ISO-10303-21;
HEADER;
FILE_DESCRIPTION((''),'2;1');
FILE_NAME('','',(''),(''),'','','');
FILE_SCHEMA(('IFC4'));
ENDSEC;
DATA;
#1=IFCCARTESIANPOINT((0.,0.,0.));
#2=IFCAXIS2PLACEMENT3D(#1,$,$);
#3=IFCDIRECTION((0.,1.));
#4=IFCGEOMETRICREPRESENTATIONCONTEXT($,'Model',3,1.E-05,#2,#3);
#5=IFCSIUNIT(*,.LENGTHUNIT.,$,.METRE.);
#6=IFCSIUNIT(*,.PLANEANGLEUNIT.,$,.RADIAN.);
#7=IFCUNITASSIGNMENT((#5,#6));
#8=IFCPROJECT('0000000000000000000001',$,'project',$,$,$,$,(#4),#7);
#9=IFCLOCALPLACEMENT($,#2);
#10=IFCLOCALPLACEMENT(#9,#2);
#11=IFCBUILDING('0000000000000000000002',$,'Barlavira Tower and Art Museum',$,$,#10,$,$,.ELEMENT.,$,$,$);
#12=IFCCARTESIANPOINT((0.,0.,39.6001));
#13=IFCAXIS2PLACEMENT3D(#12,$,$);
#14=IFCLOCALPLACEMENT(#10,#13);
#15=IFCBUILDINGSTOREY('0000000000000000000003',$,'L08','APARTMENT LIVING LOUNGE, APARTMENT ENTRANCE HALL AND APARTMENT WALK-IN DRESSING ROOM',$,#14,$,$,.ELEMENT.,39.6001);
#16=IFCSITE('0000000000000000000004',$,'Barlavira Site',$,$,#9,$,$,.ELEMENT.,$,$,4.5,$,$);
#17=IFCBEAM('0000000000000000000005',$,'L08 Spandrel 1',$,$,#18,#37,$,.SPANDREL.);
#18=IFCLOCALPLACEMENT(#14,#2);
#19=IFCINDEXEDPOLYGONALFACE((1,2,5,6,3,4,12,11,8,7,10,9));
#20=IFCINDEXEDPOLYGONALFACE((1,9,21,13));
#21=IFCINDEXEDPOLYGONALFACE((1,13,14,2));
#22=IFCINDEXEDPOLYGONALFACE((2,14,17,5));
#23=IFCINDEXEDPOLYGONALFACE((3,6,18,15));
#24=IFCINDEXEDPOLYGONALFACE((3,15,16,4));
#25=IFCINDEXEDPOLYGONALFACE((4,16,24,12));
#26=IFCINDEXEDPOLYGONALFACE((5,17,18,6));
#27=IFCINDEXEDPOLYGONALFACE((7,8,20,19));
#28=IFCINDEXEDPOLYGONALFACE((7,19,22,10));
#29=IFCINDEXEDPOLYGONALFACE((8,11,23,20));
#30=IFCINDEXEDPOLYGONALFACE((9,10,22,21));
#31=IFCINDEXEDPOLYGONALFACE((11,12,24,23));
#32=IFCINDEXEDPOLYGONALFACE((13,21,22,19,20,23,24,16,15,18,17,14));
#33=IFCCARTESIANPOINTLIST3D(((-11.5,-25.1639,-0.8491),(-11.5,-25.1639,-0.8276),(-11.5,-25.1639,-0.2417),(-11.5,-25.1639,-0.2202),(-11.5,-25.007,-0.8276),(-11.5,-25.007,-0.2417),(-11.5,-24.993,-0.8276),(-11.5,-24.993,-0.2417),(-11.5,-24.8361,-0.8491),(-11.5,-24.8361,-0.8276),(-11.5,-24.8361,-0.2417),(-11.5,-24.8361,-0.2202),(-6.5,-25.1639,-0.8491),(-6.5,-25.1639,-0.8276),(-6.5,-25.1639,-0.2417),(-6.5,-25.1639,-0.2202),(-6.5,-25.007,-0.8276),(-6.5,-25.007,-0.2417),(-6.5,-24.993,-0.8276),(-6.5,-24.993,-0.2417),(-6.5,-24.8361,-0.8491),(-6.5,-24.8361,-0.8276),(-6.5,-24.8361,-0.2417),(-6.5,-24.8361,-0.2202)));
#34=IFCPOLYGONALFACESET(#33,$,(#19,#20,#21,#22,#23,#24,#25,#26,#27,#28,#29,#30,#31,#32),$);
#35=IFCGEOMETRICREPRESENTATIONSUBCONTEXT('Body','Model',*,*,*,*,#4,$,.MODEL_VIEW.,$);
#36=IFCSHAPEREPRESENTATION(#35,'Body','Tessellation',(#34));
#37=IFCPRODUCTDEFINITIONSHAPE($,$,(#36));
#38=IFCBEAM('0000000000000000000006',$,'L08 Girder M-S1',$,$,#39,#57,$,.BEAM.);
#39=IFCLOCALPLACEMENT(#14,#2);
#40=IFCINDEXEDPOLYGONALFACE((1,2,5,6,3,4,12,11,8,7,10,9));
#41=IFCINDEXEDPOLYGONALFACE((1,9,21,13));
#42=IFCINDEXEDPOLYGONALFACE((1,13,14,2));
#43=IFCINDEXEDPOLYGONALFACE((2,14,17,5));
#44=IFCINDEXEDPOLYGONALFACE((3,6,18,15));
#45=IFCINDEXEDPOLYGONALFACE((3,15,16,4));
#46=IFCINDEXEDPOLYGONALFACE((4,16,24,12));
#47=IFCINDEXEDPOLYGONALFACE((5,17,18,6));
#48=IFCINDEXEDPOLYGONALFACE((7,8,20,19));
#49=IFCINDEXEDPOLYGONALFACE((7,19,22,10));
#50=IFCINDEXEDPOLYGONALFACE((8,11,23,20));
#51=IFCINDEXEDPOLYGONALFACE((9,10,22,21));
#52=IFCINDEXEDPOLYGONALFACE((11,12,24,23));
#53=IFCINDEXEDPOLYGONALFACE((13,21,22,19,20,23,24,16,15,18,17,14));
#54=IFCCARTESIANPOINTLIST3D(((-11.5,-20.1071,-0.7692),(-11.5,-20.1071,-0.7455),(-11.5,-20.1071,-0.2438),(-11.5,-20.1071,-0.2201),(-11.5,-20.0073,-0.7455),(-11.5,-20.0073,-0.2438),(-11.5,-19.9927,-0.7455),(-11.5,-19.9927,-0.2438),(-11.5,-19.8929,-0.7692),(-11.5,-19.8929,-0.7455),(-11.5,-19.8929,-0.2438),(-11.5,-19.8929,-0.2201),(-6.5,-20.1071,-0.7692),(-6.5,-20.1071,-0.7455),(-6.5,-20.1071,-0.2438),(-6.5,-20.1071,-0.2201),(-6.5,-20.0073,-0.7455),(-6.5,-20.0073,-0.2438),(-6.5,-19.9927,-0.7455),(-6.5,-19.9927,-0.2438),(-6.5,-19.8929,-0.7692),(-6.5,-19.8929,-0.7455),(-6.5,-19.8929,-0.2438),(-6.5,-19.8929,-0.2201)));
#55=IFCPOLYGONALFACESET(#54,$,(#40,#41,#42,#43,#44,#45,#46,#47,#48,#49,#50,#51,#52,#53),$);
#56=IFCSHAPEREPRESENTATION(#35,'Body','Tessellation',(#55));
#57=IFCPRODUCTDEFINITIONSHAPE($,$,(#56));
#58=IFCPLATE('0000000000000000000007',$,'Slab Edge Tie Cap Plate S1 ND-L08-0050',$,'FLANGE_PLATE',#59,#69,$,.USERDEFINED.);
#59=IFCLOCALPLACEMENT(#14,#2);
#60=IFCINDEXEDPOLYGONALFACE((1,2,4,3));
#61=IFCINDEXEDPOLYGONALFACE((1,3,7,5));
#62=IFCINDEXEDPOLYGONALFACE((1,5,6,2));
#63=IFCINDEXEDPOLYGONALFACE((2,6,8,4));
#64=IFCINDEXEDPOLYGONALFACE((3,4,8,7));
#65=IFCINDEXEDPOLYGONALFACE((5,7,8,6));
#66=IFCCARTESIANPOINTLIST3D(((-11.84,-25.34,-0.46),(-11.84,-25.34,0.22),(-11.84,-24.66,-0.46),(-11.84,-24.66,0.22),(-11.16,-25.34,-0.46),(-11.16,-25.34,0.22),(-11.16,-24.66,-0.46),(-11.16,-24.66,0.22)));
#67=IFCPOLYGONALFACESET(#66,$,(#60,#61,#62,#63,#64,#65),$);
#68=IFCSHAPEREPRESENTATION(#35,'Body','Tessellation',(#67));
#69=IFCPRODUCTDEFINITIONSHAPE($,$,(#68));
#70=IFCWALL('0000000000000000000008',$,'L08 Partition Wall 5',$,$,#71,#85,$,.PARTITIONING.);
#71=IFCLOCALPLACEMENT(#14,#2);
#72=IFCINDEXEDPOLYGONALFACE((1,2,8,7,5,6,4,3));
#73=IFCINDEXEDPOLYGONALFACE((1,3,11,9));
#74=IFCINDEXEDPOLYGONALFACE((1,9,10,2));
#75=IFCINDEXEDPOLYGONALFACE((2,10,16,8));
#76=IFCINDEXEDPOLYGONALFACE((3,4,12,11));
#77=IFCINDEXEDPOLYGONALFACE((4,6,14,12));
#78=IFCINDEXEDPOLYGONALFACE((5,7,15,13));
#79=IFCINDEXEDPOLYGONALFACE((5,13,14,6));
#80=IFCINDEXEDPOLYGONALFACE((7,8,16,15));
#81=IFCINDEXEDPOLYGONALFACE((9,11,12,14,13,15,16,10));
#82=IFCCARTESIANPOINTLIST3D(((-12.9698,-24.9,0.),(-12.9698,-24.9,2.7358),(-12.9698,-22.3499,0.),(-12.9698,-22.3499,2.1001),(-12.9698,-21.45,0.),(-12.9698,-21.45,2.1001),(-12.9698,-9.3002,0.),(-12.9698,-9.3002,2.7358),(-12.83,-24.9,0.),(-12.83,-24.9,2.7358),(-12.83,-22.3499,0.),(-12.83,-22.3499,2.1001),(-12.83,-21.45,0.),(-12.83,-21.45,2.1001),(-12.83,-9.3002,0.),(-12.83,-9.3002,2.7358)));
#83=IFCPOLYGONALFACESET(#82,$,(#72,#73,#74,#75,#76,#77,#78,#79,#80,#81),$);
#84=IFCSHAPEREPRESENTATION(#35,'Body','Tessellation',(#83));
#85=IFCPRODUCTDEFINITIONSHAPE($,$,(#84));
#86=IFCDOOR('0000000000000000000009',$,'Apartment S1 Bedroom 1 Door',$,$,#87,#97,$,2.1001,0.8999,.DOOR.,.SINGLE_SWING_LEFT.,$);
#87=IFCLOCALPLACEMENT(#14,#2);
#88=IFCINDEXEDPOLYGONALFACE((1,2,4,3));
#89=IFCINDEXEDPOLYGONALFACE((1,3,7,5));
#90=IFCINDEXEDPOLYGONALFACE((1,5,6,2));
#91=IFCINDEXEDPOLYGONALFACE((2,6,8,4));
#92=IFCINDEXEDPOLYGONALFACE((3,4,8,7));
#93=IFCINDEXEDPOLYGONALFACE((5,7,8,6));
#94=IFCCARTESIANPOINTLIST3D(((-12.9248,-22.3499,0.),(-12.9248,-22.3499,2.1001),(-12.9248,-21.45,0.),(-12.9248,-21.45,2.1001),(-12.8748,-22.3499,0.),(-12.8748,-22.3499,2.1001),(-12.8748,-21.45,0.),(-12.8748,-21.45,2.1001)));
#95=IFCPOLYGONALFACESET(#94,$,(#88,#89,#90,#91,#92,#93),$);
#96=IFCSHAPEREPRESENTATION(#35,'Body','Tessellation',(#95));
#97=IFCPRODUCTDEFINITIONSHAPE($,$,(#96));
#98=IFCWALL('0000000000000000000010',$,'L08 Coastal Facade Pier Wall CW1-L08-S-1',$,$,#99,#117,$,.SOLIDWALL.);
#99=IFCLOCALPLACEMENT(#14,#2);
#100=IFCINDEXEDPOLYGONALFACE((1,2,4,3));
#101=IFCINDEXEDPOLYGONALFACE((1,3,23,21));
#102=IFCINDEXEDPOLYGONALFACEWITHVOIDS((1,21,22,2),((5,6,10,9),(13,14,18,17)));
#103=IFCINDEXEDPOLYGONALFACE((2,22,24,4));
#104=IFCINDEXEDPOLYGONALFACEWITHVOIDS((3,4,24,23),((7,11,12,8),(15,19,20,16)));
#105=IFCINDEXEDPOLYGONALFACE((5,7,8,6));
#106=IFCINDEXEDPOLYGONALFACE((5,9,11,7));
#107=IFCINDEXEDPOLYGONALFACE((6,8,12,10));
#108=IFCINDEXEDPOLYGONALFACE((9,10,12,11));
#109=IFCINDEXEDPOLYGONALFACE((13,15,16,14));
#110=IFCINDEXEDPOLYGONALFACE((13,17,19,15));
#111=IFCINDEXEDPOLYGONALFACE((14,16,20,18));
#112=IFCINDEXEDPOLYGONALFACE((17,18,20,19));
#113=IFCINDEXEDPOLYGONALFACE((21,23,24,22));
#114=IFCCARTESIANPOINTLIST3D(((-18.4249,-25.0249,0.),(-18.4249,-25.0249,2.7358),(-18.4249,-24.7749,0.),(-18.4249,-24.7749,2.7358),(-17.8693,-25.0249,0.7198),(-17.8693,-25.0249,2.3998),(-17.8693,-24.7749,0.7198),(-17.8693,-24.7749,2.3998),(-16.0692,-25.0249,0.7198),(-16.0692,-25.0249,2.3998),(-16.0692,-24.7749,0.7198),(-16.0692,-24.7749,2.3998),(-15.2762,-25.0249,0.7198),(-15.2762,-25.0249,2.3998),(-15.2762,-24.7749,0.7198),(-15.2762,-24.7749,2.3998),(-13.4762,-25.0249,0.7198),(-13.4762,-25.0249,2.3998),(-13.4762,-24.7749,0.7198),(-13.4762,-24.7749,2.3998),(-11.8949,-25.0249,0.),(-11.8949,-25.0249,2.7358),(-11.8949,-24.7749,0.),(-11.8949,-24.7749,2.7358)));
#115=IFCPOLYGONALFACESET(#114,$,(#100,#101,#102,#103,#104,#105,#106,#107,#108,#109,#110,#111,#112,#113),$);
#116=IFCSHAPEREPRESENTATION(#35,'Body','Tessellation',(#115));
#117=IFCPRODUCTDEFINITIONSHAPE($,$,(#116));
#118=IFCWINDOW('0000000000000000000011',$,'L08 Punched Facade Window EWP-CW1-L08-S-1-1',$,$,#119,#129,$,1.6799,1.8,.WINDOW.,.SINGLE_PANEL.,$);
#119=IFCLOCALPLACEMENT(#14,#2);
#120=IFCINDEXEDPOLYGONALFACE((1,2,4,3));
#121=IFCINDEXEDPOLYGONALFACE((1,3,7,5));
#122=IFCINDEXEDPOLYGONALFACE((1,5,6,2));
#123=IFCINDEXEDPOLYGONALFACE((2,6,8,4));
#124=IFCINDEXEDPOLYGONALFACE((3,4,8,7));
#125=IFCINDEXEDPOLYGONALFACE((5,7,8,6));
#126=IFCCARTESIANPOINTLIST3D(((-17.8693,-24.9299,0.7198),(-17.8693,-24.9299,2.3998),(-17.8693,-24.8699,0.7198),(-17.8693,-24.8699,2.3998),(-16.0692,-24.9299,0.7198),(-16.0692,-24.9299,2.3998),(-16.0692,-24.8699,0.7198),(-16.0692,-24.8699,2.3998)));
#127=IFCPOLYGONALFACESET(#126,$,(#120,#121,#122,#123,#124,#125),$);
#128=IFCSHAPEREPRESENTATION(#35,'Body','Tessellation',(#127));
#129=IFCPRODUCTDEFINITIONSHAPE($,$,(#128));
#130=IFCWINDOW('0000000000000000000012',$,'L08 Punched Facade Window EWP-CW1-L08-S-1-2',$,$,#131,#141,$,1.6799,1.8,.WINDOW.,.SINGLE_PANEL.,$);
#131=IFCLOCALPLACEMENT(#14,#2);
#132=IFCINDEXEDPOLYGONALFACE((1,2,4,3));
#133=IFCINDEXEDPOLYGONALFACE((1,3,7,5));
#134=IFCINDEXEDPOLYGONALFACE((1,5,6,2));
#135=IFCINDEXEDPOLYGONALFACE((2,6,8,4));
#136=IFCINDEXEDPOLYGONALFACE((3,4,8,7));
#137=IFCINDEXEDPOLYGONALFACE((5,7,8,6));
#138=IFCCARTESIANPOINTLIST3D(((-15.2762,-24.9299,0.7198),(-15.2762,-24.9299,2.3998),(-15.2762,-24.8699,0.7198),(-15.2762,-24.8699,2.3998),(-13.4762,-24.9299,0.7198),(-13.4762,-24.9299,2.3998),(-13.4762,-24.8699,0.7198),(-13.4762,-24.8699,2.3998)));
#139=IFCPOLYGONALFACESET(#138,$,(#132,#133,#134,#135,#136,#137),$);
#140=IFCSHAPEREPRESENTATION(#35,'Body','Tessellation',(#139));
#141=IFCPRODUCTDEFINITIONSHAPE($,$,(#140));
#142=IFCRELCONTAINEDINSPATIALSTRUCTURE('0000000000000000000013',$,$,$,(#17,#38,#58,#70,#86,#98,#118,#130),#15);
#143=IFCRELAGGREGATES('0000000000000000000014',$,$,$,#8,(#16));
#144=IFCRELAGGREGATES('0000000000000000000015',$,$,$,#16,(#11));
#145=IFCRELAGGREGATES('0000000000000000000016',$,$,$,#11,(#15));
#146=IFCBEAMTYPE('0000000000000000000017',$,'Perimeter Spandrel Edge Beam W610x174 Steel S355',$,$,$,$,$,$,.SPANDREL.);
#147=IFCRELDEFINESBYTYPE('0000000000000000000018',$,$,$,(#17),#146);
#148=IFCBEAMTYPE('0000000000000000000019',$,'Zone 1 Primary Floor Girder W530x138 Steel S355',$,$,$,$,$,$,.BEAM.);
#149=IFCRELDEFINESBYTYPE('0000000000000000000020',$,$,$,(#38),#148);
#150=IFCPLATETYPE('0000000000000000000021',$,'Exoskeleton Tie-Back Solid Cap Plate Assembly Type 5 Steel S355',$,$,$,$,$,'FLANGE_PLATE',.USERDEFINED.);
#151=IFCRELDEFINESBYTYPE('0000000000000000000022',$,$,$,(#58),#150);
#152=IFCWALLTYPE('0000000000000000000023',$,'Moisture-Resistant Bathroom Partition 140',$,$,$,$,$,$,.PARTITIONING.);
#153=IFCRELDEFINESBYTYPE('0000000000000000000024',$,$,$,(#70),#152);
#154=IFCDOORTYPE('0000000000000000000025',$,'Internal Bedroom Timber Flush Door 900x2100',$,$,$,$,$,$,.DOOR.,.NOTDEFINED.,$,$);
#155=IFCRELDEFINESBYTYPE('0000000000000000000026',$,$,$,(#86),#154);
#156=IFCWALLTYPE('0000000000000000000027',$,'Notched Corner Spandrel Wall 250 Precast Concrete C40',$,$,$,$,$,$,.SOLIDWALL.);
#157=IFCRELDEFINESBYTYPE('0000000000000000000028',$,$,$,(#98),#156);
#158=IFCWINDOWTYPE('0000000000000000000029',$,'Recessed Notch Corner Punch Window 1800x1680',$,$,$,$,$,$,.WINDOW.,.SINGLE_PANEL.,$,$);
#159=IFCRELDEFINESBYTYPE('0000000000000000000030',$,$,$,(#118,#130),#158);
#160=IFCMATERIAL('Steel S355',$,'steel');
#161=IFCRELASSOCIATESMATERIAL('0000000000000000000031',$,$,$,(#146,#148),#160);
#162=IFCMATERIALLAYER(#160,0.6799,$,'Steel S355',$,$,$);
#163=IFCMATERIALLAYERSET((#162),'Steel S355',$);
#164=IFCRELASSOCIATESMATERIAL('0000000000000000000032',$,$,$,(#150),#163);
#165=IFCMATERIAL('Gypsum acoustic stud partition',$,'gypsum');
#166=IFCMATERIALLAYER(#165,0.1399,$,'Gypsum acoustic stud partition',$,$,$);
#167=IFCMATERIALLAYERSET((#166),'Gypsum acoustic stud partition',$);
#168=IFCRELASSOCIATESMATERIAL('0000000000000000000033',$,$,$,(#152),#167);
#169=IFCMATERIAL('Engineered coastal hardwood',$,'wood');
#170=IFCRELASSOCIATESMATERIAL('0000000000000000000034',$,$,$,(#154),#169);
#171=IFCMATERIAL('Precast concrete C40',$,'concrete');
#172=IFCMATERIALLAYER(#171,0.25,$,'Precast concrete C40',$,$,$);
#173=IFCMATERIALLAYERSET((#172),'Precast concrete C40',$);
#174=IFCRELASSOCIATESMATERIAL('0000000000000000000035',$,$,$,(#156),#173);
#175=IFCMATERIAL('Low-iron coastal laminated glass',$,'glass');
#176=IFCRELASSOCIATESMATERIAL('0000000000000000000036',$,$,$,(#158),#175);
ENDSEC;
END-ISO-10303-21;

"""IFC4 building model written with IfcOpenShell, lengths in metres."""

from ifc_helpers import new_model, si_unit, direction, frame, frame_2d, origin, origin_2d, place, context, subcontext, project, spatial, rectangle, i_section, extrude, material, layer, layer_set, material_profile, profile_set, type_object, element, fill, save


model = new_model("IFC4")

# Units and contexts
model_context = context("Model", 3, precision=1e-05, world=origin(), true_north=direction((0.0, 1.0)))
body_context = subcontext(model_context, "Body", "Model", "MODEL_VIEW")
ifc_project = project(units=[si_unit("LENGTHUNIT", "METRE"), si_unit("PLANEANGLEUNIT", "RADIAN")], contexts=[model_context])

# Site, building, storey
site_placement = place(None, origin())
site = spatial("IfcSite", under=ifc_project, at=site_placement, Name="Barlavira Site", CompositionType="ELEMENT", RefElevation=4.5)
building_placement = place(site_placement, origin())
building = spatial("IfcBuilding", under=site, at=building_placement, Name="Barlavira Tower and Art Museum", CompositionType="ELEMENT")
storey_placement = place(building_placement, frame((0.0, 0.0, 39.6001)))
storey = spatial("IfcBuildingStorey", under=building, at=storey_placement, Name="L08", Description="APARTMENT LIVING LOUNGE, APARTMENT ENTRANCE HALL AND APARTMENT WALK-IN DRESSING ROOM", CompositionType="ELEMENT", Elevation=39.6001)

# Shared definitions
ifc_material_1 = material(Name="Steel S355", Category="steel")

# Beams
ifc_material_profile_1 = material_profile(ifc_material_1, i_section(OverallWidth=0.3279, OverallDepth=0.6289, WebThickness=0.0139, FlangeThickness=0.0215, at=origin_2d()), Name="W610x174.0")
ifc_profile_set_1 = profile_set([ifc_material_profile_1], Name="Steel S355")
beam_type_1 = type_object("IfcBeamType", Name="Perimeter Spandrel Edge Beam W610x174 Steel S355", PredefinedType="SPANDREL", material=ifc_profile_set_1)
beam_1_placement = place(storey_placement, frame((-11.5, -25.0, -0.5347), z_axis=(1.0, 0.0, 0.0), x_axis=(0.0, 1.0, 0.0)))
element("IfcBeam", 1, at=beam_1_placement, inside=storey, type_object=beam_type_1, Name="L08 Spandrel 1", PredefinedType="SPANDREL", context=body_context, shape_type="SweptSolid", body=[
    extrude(i_section(OverallWidth=0.3279, OverallDepth=0.6289, WebThickness=0.0139, FlangeThickness=0.0215, at=origin_2d()), origin(), (0.0, 0.0, 1.0), 5.0),
])
ifc_material_profile_2 = material_profile(ifc_material_1, i_section(OverallWidth=0.2141, OverallDepth=0.5491, WebThickness=0.0146, FlangeThickness=0.0237, at=origin_2d()), Name="W530x138.0")
ifc_profile_set_2 = profile_set([ifc_material_profile_2], Name="Steel S355")
beam_type_2 = type_object("IfcBeamType", Name="Zone 1 Primary Floor Girder W530x138 Steel S355", PredefinedType="BEAM", material=ifc_profile_set_2)
beam_2_placement = place(storey_placement, frame((-11.5, -20.0, -0.4946), z_axis=(1.0, 0.0, 0.0), x_axis=(0.0, 1.0, 0.0)))
element("IfcBeam", 2, at=beam_2_placement, inside=storey, type_object=beam_type_2, Name="L08 Girder M-S1", PredefinedType="BEAM", context=body_context, shape_type="SweptSolid", body=[
    extrude(i_section(OverallWidth=0.2141, OverallDepth=0.5491, WebThickness=0.0146, FlangeThickness=0.0237, at=origin_2d()), origin(), (0.0, 0.0, 1.0), 5.0),
])

# Plate
ifc_layer_1 = layer(ifc_material_1, 0.6799, Name="Steel S355")
ifc_layer_set_1 = layer_set([ifc_layer_1], Name="Steel S355")
plate_type = type_object("IfcPlateType", Name="Exoskeleton Tie-Back Solid Cap Plate Assembly Type 5 Steel S355", ElementType="FLANGE_PLATE", PredefinedType="USERDEFINED", material=ifc_layer_set_1)
plate_placement = place(storey_placement, frame((-11.5, -25.0, -0.46), z_axis=(0.0, 0.0, 1.0), x_axis=(1.0, 0.0, 0.0)))
element("IfcPlate", 3, at=plate_placement, inside=storey, type_object=plate_type, Name="Slab Edge Tie Cap Plate S1 ND-L08-0050", ObjectType="FLANGE_PLATE", PredefinedType="USERDEFINED", context=body_context, shape_type="SweptSolid", body=[
    extrude(rectangle(XDim=0.6799, YDim=0.6799, at=origin_2d()), origin(), (0.0, 0.0, 1.0), 0.6799),
])

# Wall, opening, door
ifc_material_2 = material(Name="Gypsum acoustic stud partition", Category="gypsum")
ifc_layer_2 = layer(ifc_material_2, 0.1399, Name="Gypsum acoustic stud partition")
ifc_layer_set_2 = layer_set([ifc_layer_2], Name="Gypsum acoustic stud partition")
wall_type_1 = type_object("IfcWallType", Name="Moisture-Resistant Bathroom Partition 140", PredefinedType="PARTITIONING", material=ifc_layer_set_2)
wall_1_placement = place(storey_placement, frame((-12.8999, -24.8999, 0.0), z_axis=(0.0, 0.0, 1.0), x_axis=(0.0, 1.0, 0.0)))
wall_1 = element("IfcWall", 4, at=wall_1_placement, inside=storey, type_object=wall_type_1, Name="L08 Partition Wall 5", PredefinedType="PARTITIONING", context=body_context, shape_type="SweptSolid", body=[
    extrude(rectangle(XDim=15.5999, YDim=0.1399, at=frame_2d((7.7998, 0.0))), origin(), (0.0, 0.0, 1.0), 2.7358),
])
opening_1_placement = place(wall_1_placement, frame((2.55, 0.0, 0.0)))
opening_1 = element("IfcOpeningElement", 5, at=opening_1_placement, cuts=wall_1, PredefinedType="OPENING", context=body_context, shape_type="SweptSolid", body=[
    extrude(rectangle(XDim=0.8999, YDim=2.1001, at=frame_2d((0.45, 1.05))), frame((0.0, 0.0801, 0.0), z_axis=(0.0, -1.0, 0.0), x_axis=(1.0, 0.0, 0.0)), (0.0, 0.0, 1.0), 0.1599),
])
ifc_material_3 = material(Name="Engineered coastal hardwood", Category="wood")
door_type = type_object("IfcDoorType", Name="Internal Bedroom Timber Flush Door 900x2100", OperationType="NOTDEFINED", PredefinedType="DOOR", material=ifc_material_3)
door_placement = place(opening_1_placement, origin())
door = element("IfcDoor", 6, at=door_placement, inside=storey, type_object=door_type, Name="Apartment S1 Bedroom 1 Door", OperationType="SINGLE_SWING_LEFT", OverallHeight=2.1001, OverallWidth=0.8999, PredefinedType="DOOR", context=body_context, shape_type="SweptSolid", body=[
    extrude(rectangle(XDim=0.8999, YDim=2.1001, at=frame_2d((0.45, 1.05))), frame((0.0, 0.0249, 0.0), z_axis=(0.0, -1.0, 0.0), x_axis=(1.0, 0.0, 0.0)), (0.0, 0.0, 1.0), 0.05),
])
fill(opening_1, door)

# Wall, openings, windows
ifc_material_4 = material(Name="Precast concrete C40", Category="concrete")
ifc_layer_3 = layer(ifc_material_4, 0.25, Name="Precast concrete C40")
ifc_layer_set_3 = layer_set([ifc_layer_3], Name="Precast concrete C40")
wall_type_2 = type_object("IfcWallType", Name="Notched Corner Spandrel Wall 250 Precast Concrete C40", PredefinedType="SOLIDWALL", material=ifc_layer_set_3)
wall_2_placement = place(storey_placement, frame((-18.425, -24.8999, 0.0), z_axis=(0.0, 0.0, 1.0), x_axis=(1.0, 0.0, 0.0)))
wall_2 = element("IfcWall", 7, at=wall_2_placement, inside=storey, type_object=wall_type_2, Name="L08 Coastal Facade Pier Wall CW1-L08-S-1", PredefinedType="SOLIDWALL", context=body_context, shape_type="SweptSolid", body=[
    extrude(rectangle(XDim=6.53, YDim=0.25, at=frame_2d((3.2651, 0.0))), origin(), (0.0, 0.0, 1.0), 2.7358),
])
opening_2_placement = place(wall_2_placement, frame((0.5559, 0.0, 0.72)))
opening_2 = element("IfcOpeningElement", 8, at=opening_2_placement, cuts=wall_2, PredefinedType="OPENING", context=body_context, shape_type="SweptSolid", body=[
    extrude(rectangle(XDim=1.8, YDim=1.6799, at=frame_2d((0.8999, 0.8398))), frame((0.0, 0.135, 0.0), z_axis=(0.0, -1.0, 0.0), x_axis=(1.0, 0.0, 0.0)), (0.0, 0.0, 1.0), 0.27),
])
opening_3_placement = place(wall_2_placement, frame((3.1489, 0.0, 0.72)))
opening_3 = element("IfcOpeningElement", 9, at=opening_3_placement, cuts=wall_2, PredefinedType="OPENING", context=body_context, shape_type="SweptSolid", body=[
    extrude(rectangle(XDim=1.8, YDim=1.6799, at=frame_2d((0.8999, 0.8398))), frame((0.0, 0.135, 0.0), z_axis=(0.0, -1.0, 0.0), x_axis=(1.0, 0.0, 0.0)), (0.0, 0.0, 1.0), 0.27),
])
ifc_material_5 = material(Name="Low-iron coastal laminated glass", Category="glass")
window_type = type_object("IfcWindowType", Name="Recessed Notch Corner Punch Window 1800x1680", PartitioningType="SINGLE_PANEL", PredefinedType="WINDOW", material=ifc_material_5)
window_1_placement = place(opening_2_placement, origin())
window_1 = element("IfcWindow", 10, at=window_1_placement, inside=storey, type_object=window_type, Name="L08 Punched Facade Window EWP-CW1-L08-S-1-1", OverallHeight=1.6799, OverallWidth=1.8, PartitioningType="SINGLE_PANEL", PredefinedType="WINDOW", context=body_context, shape_type="SweptSolid", body=[
    extrude(rectangle(XDim=1.8, YDim=1.6799, at=frame_2d((0.8999, 0.8398))), frame((0.0, 0.03, 0.0), z_axis=(0.0, -1.0, 0.0), x_axis=(1.0, 0.0, 0.0)), (0.0, 0.0, 1.0), 0.0601),
])
fill(opening_2, window_1)
window_2_placement = place(opening_3_placement, origin())
window_2 = element("IfcWindow", 11, at=window_2_placement, inside=storey, type_object=window_type, Name="L08 Punched Facade Window EWP-CW1-L08-S-1-2", OverallHeight=1.6799, OverallWidth=1.8, PartitioningType="SINGLE_PANEL", PredefinedType="WINDOW", context=body_context, shape_type="SweptSolid", body=[
    extrude(rectangle(XDim=1.8, YDim=1.6799, at=frame_2d((0.8999, 0.8398))), frame((0.0, 0.03, 0.0), z_axis=(0.0, -1.0, 0.0), x_axis=(1.0, 0.0, 0.0)), (0.0, 0.0, 1.0), 0.0601),
])
fill(opening_3, window_2)

save(model, "model.ifc")
